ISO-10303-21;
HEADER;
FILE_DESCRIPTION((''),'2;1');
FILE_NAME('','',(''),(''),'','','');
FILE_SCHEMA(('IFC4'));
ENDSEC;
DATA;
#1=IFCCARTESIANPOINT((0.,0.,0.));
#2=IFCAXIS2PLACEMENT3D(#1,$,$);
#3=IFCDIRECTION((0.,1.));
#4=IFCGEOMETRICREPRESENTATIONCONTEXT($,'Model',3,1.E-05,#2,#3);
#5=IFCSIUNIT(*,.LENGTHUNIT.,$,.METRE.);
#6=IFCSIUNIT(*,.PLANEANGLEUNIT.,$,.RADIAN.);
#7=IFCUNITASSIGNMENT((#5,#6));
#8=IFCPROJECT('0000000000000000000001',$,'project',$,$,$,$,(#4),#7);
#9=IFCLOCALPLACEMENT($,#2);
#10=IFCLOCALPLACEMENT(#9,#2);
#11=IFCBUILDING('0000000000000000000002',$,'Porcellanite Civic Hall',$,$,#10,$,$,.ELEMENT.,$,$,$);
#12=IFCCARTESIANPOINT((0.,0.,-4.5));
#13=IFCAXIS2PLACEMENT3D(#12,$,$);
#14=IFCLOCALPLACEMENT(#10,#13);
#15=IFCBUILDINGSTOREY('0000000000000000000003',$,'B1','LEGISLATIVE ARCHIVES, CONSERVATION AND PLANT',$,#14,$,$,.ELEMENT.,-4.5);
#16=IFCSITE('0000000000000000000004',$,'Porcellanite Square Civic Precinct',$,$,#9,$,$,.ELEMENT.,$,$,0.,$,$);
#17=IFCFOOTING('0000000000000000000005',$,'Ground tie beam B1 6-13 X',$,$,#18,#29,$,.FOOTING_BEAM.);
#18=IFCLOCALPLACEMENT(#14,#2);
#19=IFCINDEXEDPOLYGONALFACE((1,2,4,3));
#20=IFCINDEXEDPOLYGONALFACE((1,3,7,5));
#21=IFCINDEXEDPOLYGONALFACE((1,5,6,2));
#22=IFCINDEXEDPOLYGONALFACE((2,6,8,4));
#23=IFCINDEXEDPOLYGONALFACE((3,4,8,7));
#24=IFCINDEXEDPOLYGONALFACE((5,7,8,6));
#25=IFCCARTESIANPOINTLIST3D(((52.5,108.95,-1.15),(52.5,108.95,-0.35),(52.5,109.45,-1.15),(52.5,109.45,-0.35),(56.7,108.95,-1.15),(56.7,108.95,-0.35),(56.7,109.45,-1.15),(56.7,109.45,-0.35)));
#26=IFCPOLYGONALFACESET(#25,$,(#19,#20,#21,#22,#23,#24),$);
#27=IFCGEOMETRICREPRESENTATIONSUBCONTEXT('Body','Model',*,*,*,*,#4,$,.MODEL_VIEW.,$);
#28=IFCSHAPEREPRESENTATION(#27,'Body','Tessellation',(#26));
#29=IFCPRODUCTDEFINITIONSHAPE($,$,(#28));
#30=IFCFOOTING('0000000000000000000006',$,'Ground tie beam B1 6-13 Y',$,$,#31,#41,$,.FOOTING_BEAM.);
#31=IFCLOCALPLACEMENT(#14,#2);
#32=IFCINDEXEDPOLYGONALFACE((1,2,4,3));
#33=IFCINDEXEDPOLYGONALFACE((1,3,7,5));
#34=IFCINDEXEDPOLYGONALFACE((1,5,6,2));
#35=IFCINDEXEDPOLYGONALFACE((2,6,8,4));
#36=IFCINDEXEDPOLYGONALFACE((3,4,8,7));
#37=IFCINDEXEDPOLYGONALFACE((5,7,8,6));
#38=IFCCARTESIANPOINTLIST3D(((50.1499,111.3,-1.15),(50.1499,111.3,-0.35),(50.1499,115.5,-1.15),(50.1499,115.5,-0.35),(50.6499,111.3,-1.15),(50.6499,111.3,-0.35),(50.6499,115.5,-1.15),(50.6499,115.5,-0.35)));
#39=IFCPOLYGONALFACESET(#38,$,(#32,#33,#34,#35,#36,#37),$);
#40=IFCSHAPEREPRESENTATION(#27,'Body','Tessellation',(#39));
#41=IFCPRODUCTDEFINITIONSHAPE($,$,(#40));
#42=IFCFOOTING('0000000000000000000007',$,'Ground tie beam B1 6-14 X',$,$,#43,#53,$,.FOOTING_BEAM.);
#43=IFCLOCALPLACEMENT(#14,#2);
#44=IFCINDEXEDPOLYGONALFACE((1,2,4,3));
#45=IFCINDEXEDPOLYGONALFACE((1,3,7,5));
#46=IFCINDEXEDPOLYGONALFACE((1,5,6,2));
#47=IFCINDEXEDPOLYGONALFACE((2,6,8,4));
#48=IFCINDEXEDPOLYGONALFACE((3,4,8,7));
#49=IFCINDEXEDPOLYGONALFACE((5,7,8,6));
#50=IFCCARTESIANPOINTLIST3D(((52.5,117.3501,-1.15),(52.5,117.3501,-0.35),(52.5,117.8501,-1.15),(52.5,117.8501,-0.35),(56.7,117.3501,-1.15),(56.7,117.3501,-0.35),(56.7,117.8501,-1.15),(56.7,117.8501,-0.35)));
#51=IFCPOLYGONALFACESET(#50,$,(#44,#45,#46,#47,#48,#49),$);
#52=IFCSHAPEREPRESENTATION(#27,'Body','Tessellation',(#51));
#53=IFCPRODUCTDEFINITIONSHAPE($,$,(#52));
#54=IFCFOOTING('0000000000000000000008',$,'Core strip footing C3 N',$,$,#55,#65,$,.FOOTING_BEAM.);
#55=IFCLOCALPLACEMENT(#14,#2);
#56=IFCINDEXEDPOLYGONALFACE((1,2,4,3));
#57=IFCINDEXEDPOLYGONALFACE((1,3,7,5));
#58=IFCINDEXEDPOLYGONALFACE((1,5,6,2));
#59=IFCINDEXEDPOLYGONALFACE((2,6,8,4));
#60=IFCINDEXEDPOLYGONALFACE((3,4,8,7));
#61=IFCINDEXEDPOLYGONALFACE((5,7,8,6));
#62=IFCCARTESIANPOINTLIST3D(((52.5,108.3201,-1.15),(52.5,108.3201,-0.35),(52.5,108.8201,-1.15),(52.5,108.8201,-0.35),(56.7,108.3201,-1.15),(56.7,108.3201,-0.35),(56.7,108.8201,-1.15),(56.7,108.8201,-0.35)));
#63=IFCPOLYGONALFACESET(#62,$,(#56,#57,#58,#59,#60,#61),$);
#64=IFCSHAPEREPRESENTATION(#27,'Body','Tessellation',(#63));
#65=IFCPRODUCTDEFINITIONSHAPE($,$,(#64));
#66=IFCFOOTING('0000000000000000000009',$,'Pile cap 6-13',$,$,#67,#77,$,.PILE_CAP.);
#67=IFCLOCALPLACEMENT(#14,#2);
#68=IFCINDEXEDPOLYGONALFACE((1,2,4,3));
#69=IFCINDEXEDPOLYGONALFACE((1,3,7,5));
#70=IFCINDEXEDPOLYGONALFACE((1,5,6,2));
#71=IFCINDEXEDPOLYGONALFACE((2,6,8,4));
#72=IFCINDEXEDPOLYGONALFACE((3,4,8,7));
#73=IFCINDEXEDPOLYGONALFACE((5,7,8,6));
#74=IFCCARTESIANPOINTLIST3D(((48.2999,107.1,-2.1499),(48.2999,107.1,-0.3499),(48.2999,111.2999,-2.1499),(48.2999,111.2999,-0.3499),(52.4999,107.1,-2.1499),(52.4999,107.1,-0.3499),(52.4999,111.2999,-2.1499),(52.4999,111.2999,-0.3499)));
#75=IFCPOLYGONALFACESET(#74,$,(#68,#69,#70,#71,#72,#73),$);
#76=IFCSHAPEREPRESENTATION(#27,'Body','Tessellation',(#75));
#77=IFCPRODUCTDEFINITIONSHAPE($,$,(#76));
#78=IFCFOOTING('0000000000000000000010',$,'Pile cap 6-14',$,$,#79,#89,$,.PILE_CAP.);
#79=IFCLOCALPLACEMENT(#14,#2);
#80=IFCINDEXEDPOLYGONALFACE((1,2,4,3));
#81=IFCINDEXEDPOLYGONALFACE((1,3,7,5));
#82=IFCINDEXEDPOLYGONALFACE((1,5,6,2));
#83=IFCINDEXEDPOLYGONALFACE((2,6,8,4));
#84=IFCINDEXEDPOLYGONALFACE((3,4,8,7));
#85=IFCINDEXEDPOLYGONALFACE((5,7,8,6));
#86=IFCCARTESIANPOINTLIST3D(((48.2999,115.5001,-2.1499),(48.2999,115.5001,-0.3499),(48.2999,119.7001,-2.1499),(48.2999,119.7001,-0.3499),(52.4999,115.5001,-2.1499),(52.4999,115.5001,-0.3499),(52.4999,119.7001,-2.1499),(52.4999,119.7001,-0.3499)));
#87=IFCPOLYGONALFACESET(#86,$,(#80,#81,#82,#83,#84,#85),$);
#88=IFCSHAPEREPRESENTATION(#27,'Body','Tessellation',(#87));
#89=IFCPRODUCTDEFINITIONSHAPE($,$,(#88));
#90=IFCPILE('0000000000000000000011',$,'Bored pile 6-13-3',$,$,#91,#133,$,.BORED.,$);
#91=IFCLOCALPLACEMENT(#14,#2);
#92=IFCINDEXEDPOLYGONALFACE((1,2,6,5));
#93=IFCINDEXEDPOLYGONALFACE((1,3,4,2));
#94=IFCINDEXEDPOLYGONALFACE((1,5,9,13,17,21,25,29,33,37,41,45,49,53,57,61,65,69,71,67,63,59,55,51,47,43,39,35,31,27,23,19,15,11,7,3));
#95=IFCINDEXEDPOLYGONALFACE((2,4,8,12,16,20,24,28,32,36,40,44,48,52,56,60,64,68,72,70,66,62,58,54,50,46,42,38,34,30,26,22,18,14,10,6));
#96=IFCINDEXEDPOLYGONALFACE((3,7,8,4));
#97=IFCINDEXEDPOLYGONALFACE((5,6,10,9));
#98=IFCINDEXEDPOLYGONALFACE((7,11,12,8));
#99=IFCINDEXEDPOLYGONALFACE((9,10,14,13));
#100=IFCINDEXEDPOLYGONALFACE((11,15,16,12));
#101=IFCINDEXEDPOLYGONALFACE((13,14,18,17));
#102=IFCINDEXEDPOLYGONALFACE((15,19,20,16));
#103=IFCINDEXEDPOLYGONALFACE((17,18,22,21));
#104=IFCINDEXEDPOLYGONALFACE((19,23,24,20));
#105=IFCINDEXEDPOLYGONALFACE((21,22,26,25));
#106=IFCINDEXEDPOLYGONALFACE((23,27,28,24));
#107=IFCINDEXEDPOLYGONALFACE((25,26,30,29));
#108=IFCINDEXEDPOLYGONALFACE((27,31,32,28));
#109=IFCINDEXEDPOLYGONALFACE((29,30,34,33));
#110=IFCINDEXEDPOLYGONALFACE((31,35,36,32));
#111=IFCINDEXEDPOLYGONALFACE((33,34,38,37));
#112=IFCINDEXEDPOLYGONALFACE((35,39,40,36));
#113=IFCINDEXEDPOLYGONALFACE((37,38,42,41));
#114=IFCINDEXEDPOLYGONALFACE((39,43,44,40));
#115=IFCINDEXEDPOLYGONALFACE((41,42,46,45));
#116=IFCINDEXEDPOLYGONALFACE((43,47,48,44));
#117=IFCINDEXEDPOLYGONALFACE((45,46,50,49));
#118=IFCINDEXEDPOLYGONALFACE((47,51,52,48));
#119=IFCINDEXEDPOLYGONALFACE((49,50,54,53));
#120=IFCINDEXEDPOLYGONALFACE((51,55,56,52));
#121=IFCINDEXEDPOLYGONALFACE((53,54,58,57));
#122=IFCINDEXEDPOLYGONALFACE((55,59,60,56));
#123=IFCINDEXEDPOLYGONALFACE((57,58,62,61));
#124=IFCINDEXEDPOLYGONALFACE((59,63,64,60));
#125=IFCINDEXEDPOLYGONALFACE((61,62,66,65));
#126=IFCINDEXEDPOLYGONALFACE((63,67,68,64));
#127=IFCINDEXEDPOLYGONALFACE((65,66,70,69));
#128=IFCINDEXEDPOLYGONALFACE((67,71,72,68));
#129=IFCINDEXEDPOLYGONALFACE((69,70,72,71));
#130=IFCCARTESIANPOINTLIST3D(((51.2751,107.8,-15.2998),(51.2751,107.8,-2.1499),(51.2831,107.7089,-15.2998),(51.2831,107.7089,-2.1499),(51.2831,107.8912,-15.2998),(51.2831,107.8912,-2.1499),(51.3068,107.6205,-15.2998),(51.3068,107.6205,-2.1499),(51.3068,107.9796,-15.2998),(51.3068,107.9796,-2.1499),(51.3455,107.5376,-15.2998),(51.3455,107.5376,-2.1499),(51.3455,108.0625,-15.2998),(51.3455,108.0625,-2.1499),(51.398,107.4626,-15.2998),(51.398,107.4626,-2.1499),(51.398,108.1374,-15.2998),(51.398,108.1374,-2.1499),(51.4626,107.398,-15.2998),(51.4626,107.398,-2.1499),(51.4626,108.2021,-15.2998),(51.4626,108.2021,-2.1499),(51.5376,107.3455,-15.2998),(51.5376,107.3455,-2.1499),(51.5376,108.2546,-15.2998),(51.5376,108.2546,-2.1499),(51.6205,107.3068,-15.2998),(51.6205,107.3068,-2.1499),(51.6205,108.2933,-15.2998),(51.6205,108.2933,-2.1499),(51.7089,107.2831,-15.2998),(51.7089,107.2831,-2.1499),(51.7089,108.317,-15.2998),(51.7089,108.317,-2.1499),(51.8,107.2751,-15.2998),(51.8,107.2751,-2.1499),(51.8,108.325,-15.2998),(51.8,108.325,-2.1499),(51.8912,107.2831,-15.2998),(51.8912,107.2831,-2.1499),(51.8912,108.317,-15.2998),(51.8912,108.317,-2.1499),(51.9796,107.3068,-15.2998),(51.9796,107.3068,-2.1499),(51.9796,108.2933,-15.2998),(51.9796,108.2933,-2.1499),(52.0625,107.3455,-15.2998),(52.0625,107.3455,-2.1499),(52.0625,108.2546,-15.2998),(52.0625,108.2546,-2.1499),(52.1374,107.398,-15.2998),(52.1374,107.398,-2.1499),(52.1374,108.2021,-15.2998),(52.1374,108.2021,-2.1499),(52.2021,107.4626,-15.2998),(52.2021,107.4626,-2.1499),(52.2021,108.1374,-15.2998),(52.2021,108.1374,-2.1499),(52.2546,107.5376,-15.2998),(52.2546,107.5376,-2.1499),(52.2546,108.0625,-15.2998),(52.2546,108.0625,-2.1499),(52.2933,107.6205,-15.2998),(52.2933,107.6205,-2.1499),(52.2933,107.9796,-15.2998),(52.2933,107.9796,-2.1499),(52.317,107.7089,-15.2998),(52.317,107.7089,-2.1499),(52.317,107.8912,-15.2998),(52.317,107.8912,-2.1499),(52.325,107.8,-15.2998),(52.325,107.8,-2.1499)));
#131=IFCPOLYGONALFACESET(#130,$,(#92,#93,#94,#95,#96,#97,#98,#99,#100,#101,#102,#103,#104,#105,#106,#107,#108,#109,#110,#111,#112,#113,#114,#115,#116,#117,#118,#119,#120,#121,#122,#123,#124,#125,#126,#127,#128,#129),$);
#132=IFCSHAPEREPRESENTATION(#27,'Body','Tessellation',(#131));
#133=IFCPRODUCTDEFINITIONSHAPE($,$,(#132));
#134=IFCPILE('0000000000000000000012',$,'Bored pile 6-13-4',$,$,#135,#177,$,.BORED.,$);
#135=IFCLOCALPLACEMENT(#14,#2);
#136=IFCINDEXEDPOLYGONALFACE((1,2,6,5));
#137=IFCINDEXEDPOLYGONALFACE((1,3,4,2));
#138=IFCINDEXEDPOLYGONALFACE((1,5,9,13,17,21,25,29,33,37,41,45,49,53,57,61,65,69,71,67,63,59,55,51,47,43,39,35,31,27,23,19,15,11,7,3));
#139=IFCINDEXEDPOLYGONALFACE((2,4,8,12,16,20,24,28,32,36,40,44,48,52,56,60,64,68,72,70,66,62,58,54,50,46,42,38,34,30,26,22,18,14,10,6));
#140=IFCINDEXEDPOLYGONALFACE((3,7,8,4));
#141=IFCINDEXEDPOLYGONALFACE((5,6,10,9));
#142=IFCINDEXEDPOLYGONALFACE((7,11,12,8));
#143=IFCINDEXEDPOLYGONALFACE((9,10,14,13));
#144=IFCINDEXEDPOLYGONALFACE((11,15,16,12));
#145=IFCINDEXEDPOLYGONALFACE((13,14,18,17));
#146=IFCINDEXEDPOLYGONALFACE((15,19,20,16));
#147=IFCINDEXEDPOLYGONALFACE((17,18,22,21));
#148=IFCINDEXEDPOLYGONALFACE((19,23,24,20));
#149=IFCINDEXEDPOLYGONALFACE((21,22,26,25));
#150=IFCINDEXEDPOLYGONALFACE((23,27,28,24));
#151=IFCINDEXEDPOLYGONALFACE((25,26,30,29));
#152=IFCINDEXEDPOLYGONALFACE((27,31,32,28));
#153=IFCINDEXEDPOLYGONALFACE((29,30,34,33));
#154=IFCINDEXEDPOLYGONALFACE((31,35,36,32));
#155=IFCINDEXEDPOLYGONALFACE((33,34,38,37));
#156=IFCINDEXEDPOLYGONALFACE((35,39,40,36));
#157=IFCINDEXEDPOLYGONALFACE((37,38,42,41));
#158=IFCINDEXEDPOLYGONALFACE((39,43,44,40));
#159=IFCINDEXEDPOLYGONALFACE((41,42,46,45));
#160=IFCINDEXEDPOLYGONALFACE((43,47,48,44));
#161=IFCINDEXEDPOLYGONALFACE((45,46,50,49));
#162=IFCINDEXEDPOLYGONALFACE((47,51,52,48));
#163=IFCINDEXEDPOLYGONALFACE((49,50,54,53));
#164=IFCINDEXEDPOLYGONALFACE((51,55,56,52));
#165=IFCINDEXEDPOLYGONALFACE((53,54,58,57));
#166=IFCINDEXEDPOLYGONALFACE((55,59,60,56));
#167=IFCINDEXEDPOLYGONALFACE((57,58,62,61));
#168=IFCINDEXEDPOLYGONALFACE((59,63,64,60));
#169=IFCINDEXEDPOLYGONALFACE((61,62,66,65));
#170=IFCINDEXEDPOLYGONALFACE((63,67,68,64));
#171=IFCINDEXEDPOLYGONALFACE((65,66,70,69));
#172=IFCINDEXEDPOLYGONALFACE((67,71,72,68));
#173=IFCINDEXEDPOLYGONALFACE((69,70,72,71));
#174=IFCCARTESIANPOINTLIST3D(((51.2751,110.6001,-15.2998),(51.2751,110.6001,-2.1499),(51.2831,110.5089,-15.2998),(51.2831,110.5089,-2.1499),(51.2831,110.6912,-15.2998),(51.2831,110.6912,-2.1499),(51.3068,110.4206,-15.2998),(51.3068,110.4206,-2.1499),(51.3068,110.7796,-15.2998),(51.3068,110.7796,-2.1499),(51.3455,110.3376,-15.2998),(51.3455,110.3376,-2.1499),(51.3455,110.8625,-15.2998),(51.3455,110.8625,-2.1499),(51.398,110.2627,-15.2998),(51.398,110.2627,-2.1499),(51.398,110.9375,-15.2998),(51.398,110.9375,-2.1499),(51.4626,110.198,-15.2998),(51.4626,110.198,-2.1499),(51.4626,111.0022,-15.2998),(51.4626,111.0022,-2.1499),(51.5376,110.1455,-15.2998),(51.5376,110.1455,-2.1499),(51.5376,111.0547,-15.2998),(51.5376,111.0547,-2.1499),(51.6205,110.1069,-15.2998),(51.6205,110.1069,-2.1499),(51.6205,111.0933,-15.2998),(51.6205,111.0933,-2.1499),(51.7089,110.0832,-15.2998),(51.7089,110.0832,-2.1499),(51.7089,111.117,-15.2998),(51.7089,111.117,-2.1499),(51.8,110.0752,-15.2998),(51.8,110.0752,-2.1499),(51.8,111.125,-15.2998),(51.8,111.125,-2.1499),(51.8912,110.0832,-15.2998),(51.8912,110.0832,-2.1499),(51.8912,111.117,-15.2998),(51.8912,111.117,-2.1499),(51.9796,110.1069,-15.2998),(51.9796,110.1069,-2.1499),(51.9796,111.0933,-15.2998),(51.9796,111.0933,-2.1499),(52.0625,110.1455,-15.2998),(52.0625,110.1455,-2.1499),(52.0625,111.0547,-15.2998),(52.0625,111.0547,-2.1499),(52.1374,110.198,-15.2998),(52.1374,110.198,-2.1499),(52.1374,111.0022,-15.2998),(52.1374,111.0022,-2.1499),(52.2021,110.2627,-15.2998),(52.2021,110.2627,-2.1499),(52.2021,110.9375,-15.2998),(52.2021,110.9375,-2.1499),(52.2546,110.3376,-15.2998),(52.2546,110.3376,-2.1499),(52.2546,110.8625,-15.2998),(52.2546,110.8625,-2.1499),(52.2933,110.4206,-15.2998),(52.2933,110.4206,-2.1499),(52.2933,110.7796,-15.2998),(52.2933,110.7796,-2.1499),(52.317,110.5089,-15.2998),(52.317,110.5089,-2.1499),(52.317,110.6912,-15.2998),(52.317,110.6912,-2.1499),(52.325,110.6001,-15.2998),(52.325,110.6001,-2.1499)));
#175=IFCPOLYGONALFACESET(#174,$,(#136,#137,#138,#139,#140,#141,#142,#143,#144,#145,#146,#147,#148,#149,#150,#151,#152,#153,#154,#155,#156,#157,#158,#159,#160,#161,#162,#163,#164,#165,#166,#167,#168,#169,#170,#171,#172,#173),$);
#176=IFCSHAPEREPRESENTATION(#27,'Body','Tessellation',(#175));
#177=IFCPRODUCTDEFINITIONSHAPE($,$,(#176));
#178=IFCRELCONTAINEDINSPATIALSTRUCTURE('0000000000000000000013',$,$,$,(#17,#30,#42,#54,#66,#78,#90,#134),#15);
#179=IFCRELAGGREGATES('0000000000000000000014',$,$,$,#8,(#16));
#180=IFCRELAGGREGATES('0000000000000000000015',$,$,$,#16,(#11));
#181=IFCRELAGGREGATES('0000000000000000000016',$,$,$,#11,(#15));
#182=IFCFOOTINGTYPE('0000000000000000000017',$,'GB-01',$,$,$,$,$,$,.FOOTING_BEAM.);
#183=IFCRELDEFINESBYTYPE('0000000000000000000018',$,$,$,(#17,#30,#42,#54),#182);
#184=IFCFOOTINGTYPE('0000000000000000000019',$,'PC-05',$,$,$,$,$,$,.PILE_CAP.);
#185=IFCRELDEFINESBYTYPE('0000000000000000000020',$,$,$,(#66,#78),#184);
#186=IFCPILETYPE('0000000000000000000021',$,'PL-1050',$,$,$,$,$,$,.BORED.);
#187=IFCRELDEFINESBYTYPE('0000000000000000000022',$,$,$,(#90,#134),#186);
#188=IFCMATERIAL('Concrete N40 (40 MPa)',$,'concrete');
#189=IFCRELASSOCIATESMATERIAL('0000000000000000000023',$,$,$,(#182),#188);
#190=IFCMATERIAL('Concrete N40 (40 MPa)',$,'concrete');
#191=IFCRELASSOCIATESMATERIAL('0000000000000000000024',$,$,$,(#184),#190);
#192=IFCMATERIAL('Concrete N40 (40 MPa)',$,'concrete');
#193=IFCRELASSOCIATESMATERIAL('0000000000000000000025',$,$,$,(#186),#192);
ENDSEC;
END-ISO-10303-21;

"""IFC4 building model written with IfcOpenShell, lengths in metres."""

from ifc_helpers import new_model, si_unit, direction, frame, origin, origin_2d, place, context, subcontext, project, spatial, rectangle, circle, extrude, material, material_profile, profile_set, type_object, element, save


model = new_model("IFC4")

# Units and contexts
model_context = context("Model", 3, precision=1e-05, world=origin(), true_north=direction((0.0, 1.0)))
body_context = subcontext(model_context, "Body", "Model", "MODEL_VIEW")
ifc_project = project(units=[si_unit("LENGTHUNIT", "METRE"), si_unit("PLANEANGLEUNIT", "RADIAN")], contexts=[model_context])

# Site, building, storey
site_placement = place(None, origin())
site = spatial("IfcSite", under=ifc_project, at=site_placement, Name="Porcellanite Square Civic Precinct", CompositionType="ELEMENT", RefElevation=0.0)
building_placement = place(site_placement, origin())
building = spatial("IfcBuilding", under=site, at=building_placement, Name="Porcellanite Civic Hall", CompositionType="ELEMENT")
storey_placement = place(building_placement, frame((0.0, 0.0, -4.5)))
storey = spatial("IfcBuildingStorey", under=building, at=storey_placement, Name="B1", Description="LEGISLATIVE ARCHIVES, CONSERVATION AND PLANT", CompositionType="ELEMENT", Elevation=-4.5)

# Footings
ifc_material_1 = material(Name="Concrete N40 (40 MPa)", Category="concrete")
ifc_material_profile_1 = material_profile(ifc_material_1, rectangle(XDim=0.5, YDim=0.8, at=origin_2d()), Name="RC-500x800")
ifc_profile_set_1 = profile_set([ifc_material_profile_1], Name="Concrete N40 (40 MPa)")
footing_type_1 = type_object("IfcFootingType", Name="GB-01", PredefinedType="FOOTING_BEAM", material=ifc_profile_set_1)
for number, where, z_axis, x_axis, name in (
    (1, (52.5, 109.2, -0.75), (1.0, 0.0, 0.0), (0.0, 1.0, 0.0), "Ground tie beam B1 6-13 X"),
    (2, (50.3999, 111.3, -0.75), (0.0, 1.0, 0.0), (-1.0, 0.0, 0.0), "Ground tie beam B1 6-13 Y"),
    (3, (52.5, 117.6001, -0.75), (1.0, 0.0, 0.0), (0.0, 1.0, 0.0), "Ground tie beam B1 6-14 X"),
    (4, (52.5, 108.5701, -0.75), (1.0, 0.0, 0.0), (0.0, 1.0, 0.0), "Core strip footing C3 N"),
):
    element("IfcFooting", number, at=place(storey_placement, frame(where, z_axis=z_axis, x_axis=x_axis)), inside=storey, type_object=footing_type_1, Name=name, PredefinedType="FOOTING_BEAM", context=body_context, shape_type="SweptSolid", body=[
        extrude(rectangle(XDim=0.5, YDim=0.8, at=origin_2d()), origin(), (0.0, 0.0, 1.0), 4.2),
    ])
ifc_material_2 = material(Name="Concrete N40 (40 MPa)", Category="concrete")
footing_type_2 = type_object("IfcFootingType", Name="PC-05", PredefinedType="PILE_CAP", material=ifc_material_2)
for number, where, z_axis, x_axis, name in (
    (5, (50.3999, 109.2, -2.1499), (0.0, 0.0, 1.0), (1.0, 0.0, 0.0), "Pile cap 6-13"),
    (6, (50.3999, 117.6001, -2.1499), (0.0, 0.0, 1.0), (1.0, 0.0, 0.0), "Pile cap 6-14"),
):
    element("IfcFooting", number, at=place(storey_placement, frame(where, z_axis=z_axis, x_axis=x_axis)), inside=storey, type_object=footing_type_2, Name=name, PredefinedType="PILE_CAP", context=body_context, shape_type="SweptSolid", body=[
        extrude(rectangle(XDim=4.2, YDim=4.2, at=origin_2d()), origin(), (0.0, 0.0, 1.0), 1.8),
    ])

# Piles
ifc_material_3 = material(Name="Concrete N40 (40 MPa)", Category="concrete")
ifc_material_profile_2 = material_profile(ifc_material_3, circle(Radius=0.5249, at=origin_2d()), Name="PILE-D1050")
ifc_profile_set_2 = profile_set([ifc_material_profile_2], Name="Concrete N40 (40 MPa)")
pile_type = type_object("IfcPileType", Name="PL-1050", PredefinedType="BORED", material=ifc_profile_set_2)
for number, where, z_axis, x_axis, name in (
    (7, (51.8, 107.8, -2.1499), (0.0, 0.0, -1.0), (1.0, 0.0, 0.0), "Bored pile 6-13-3"),
    (8, (51.8, 110.6001, -2.1499), (0.0, 0.0, -1.0), (1.0, 0.0, 0.0), "Bored pile 6-13-4"),
):
    element("IfcPile", number, at=place(storey_placement, frame(where, z_axis=z_axis, x_axis=x_axis)), inside=storey, type_object=pile_type, Name=name, PredefinedType="BORED", context=body_context, shape_type="SweptSolid", body=[
        extrude(circle(Radius=0.5249, at=origin_2d()), origin(), (0.0, 0.0, 1.0), 13.1499),
    ])

save(model, "model.ifc")
